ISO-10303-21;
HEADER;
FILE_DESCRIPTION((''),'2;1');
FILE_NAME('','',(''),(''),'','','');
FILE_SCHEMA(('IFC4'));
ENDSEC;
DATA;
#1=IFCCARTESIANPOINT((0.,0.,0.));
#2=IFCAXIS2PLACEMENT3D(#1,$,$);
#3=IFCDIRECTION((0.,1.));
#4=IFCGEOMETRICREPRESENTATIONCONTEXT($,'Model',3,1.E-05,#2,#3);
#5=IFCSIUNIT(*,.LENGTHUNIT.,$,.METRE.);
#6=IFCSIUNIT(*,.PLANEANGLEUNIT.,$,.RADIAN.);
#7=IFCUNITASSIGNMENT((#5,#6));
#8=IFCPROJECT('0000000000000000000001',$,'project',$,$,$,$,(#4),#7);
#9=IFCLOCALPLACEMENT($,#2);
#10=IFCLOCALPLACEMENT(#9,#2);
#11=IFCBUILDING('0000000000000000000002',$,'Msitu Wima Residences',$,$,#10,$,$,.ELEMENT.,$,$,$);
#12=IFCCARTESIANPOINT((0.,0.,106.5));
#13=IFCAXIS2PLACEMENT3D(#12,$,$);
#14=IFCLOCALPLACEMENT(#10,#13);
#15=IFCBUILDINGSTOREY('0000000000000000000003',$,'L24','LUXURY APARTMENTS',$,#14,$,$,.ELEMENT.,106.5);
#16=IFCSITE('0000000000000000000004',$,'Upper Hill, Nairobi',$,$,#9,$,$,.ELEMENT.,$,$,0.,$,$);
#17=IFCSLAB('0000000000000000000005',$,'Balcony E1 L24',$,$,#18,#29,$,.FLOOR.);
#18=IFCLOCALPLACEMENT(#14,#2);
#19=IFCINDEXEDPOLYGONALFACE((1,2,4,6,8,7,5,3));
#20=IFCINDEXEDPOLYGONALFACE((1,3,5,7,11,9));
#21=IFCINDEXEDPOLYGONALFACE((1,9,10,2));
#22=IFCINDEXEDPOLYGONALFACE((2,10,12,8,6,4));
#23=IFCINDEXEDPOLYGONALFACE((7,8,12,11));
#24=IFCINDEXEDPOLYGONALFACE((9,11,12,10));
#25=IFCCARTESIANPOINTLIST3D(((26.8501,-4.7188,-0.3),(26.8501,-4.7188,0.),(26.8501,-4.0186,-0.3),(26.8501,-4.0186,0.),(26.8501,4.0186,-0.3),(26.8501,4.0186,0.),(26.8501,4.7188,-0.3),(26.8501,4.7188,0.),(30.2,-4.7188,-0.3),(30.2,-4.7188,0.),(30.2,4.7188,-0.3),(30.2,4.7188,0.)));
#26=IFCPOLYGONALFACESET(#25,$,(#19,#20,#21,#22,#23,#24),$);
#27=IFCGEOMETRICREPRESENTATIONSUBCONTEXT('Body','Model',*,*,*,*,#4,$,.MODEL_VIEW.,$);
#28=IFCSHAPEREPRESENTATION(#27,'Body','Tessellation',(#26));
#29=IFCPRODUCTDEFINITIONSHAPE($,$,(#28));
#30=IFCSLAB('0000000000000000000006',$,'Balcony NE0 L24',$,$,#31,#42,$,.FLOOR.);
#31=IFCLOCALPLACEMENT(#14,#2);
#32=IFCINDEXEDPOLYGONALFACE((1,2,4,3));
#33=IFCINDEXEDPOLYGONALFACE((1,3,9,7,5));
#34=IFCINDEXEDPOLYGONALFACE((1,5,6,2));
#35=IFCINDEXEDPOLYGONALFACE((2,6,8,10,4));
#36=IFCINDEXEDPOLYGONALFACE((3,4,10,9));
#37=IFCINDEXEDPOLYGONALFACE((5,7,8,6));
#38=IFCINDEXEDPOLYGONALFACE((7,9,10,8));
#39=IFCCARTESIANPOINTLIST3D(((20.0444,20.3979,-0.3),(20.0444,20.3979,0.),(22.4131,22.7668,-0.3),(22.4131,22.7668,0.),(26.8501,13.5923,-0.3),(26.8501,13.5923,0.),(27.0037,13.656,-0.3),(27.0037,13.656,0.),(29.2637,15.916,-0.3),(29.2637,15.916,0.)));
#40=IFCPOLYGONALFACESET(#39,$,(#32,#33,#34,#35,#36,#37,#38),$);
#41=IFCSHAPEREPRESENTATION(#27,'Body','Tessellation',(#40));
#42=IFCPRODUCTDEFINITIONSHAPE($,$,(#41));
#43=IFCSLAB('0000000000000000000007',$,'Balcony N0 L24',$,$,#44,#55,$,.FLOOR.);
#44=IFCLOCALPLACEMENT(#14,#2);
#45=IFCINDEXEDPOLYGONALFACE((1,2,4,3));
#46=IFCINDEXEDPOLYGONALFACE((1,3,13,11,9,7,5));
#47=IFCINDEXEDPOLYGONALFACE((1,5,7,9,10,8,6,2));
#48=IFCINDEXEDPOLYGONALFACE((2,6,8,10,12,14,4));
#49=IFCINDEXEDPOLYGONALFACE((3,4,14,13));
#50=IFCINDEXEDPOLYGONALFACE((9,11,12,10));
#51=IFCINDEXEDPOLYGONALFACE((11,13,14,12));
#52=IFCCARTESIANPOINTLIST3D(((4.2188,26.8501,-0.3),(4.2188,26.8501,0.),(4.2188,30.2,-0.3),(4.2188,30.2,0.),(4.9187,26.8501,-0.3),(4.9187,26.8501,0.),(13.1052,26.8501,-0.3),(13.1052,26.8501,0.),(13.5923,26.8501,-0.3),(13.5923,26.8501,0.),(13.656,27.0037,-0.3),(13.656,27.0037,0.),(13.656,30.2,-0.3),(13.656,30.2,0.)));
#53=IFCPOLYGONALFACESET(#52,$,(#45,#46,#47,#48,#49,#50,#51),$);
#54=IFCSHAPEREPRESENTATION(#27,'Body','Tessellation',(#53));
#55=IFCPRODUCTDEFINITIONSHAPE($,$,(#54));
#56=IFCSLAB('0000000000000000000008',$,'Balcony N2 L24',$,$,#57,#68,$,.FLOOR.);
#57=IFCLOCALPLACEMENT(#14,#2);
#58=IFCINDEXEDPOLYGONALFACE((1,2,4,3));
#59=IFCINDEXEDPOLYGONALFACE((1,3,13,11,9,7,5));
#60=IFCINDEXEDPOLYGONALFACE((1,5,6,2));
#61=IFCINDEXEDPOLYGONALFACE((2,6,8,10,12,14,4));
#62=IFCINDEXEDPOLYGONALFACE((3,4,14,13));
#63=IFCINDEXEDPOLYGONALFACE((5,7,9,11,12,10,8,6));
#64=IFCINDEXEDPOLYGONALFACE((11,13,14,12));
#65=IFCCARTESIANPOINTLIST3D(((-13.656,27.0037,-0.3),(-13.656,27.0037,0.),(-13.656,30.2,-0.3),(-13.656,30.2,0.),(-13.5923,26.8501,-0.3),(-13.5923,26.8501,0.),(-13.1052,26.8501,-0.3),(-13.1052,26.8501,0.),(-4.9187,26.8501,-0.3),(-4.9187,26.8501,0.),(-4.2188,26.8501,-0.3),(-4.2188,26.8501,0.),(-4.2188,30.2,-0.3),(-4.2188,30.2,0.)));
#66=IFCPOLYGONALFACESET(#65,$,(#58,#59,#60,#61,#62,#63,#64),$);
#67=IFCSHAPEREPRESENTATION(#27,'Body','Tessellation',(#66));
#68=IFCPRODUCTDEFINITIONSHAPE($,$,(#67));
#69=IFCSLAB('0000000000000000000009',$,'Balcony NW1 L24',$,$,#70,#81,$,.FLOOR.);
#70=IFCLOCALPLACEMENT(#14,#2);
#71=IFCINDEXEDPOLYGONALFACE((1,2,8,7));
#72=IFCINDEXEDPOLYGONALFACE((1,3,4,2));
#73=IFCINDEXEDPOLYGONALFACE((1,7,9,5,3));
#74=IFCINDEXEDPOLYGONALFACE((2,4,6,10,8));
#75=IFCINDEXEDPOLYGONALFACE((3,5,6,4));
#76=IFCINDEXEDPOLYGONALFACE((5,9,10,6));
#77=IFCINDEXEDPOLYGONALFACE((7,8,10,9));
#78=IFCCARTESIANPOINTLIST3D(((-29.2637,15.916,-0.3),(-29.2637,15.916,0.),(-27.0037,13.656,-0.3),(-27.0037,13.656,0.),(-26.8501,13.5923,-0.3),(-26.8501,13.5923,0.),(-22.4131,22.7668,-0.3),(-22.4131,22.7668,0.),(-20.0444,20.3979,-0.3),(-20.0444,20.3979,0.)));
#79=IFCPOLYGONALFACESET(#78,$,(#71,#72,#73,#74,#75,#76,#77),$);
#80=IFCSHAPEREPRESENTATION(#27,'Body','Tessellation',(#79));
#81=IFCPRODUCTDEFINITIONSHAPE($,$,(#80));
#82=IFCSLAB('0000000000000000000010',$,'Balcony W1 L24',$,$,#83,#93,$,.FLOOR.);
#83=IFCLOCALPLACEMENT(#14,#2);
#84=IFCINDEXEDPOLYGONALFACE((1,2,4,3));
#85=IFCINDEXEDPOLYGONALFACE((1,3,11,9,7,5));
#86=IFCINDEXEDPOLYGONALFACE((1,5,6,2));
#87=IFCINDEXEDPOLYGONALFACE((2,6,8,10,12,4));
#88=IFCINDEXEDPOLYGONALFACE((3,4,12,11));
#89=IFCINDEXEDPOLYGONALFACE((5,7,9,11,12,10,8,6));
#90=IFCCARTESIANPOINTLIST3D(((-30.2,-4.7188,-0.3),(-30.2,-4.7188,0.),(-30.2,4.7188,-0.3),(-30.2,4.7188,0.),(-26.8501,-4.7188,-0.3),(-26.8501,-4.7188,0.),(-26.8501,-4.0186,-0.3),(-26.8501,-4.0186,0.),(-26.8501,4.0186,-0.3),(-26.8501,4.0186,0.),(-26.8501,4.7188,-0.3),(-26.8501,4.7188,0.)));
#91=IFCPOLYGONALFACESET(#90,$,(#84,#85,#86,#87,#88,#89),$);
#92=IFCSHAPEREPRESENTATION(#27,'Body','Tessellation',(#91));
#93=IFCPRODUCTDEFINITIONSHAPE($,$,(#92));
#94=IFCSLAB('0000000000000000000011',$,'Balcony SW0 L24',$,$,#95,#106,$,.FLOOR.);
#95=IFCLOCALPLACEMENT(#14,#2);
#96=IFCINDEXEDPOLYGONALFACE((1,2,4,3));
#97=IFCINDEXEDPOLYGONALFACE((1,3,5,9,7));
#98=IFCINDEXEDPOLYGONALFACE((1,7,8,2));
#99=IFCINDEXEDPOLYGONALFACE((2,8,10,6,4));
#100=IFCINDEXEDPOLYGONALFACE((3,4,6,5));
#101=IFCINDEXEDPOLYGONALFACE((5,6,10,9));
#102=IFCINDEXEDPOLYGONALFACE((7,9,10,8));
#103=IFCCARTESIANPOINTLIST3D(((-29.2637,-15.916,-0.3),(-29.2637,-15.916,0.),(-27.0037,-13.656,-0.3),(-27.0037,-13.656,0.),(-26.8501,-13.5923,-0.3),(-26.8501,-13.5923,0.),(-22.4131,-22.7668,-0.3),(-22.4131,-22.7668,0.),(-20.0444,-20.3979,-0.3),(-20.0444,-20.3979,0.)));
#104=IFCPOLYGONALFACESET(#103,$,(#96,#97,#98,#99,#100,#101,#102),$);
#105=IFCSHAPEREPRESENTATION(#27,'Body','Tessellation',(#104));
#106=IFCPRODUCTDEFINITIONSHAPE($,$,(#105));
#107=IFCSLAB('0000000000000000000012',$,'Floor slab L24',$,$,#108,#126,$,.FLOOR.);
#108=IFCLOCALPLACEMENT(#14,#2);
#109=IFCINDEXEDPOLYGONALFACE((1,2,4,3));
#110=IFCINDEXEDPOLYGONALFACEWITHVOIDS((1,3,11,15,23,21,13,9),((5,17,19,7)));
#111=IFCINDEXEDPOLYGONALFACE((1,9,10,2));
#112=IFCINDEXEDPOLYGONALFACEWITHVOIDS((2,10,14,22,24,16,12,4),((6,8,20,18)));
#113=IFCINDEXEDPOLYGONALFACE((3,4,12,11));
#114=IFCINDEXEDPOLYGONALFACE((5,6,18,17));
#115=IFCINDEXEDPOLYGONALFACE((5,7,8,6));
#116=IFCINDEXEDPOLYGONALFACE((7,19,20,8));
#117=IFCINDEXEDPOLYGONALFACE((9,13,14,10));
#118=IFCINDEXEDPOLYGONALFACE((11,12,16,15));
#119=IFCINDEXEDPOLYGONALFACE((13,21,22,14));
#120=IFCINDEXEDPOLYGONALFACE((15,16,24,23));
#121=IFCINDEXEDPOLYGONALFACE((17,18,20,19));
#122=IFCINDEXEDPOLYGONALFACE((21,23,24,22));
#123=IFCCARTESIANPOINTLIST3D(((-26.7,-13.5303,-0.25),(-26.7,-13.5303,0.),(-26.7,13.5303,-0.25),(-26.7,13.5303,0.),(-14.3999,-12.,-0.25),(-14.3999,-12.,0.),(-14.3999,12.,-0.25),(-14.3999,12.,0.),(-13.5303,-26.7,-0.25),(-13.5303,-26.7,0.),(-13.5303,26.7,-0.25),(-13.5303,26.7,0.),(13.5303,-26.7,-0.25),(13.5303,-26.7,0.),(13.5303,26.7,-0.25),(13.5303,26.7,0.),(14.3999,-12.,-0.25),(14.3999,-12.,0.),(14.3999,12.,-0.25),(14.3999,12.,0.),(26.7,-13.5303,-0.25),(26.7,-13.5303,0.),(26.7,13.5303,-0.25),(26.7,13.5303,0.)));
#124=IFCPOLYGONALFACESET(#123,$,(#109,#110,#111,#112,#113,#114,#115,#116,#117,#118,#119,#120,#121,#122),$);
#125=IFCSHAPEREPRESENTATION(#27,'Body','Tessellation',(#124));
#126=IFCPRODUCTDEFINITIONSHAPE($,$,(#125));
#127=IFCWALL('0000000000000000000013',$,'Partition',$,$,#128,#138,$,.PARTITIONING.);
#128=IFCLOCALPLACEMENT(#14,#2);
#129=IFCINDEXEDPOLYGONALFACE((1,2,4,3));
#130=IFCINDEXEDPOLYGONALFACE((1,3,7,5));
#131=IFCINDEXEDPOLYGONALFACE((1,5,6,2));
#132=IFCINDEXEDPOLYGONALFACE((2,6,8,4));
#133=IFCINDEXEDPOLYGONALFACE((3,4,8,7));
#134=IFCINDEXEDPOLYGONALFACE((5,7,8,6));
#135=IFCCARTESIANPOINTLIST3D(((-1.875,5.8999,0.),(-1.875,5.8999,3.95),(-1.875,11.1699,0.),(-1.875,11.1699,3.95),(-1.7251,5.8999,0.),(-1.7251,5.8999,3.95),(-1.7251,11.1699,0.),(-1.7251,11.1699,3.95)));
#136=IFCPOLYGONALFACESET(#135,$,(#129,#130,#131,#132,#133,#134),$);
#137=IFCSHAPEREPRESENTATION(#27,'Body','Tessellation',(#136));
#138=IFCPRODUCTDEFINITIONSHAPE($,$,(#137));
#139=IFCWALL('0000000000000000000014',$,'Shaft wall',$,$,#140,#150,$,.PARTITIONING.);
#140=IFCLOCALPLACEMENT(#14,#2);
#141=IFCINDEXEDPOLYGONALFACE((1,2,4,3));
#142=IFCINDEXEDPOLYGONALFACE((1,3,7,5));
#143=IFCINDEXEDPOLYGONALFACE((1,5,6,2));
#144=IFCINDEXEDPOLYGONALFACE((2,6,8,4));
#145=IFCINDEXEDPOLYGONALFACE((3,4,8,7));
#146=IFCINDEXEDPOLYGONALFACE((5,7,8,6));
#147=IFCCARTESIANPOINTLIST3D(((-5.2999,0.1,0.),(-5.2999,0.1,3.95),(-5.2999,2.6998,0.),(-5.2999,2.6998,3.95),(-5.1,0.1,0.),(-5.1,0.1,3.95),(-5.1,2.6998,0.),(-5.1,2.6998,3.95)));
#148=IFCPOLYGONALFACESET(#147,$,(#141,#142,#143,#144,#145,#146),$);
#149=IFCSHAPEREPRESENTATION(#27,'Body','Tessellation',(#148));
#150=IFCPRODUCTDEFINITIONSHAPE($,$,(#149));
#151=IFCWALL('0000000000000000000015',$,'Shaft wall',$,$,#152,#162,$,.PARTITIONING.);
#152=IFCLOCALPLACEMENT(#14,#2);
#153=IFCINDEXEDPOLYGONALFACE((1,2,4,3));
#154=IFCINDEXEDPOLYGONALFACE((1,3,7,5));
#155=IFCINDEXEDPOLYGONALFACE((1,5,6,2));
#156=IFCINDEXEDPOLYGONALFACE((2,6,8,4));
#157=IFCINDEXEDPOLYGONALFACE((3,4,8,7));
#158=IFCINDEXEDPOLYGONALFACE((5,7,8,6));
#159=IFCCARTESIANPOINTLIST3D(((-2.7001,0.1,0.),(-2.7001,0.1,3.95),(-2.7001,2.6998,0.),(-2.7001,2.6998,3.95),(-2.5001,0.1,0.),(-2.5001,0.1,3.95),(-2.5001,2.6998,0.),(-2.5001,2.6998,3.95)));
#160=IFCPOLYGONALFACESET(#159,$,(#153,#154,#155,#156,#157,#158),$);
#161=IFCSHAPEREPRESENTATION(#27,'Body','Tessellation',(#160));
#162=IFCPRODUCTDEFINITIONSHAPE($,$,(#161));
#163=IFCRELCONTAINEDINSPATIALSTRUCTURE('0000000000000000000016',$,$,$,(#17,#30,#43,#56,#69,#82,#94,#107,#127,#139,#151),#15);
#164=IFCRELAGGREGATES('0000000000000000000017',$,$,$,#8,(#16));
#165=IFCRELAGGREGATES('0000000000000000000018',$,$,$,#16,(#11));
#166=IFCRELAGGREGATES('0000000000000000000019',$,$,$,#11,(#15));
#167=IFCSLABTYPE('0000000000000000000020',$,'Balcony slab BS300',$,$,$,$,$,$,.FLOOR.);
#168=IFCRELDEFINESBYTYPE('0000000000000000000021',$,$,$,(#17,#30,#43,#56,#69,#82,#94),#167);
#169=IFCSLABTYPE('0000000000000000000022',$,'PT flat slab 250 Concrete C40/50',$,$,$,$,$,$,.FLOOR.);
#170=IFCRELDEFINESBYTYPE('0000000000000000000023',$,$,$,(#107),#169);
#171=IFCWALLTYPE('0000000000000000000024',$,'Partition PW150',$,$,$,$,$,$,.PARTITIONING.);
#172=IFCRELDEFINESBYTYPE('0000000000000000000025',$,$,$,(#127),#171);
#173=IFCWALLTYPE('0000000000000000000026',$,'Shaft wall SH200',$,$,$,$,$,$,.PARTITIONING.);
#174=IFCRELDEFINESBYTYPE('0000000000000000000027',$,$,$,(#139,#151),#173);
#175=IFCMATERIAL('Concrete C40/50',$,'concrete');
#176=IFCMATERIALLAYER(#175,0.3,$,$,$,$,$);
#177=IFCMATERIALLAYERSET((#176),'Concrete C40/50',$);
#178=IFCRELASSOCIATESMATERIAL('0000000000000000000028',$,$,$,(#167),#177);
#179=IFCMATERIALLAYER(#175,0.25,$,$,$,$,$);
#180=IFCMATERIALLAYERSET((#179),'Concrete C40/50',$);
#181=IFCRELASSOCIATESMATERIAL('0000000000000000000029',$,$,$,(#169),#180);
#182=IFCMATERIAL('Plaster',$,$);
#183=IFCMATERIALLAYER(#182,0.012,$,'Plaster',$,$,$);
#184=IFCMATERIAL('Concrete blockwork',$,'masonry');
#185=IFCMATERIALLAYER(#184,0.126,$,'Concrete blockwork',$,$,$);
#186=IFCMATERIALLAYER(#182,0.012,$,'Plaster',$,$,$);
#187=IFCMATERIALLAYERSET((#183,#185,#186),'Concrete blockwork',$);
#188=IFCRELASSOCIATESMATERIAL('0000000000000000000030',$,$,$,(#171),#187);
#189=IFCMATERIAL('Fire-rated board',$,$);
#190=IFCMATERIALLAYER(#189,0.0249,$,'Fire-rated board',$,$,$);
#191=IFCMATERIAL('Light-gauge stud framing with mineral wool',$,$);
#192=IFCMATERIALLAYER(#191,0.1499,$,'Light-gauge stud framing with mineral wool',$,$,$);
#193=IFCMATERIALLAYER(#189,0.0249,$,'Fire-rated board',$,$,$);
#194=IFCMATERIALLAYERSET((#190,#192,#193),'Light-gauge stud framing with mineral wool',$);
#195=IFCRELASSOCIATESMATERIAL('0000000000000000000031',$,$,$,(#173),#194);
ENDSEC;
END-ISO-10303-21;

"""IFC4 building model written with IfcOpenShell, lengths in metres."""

from ifc_helpers import new_model, si_unit, direction, frame, frame_2d, origin, place, context, subcontext, project, spatial, polyline, rectangle, outline, extrude, material, layer, layer_set, type_object, element, save


model = new_model("IFC4")

# Units and contexts
model_context = context("Model", 3, precision=1e-05, world=origin(), true_north=direction((0.0, 1.0)))
body_context = subcontext(model_context, "Body", "Model", "MODEL_VIEW")
ifc_project = project(units=[si_unit("LENGTHUNIT", "METRE"), si_unit("PLANEANGLEUNIT", "RADIAN")], contexts=[model_context])

# Site, building, storey
site_placement = place(None, origin())
site = spatial("IfcSite", under=ifc_project, at=site_placement, Name="Upper Hill, Nairobi", CompositionType="ELEMENT", RefElevation=0.0)
building_placement = place(site_placement, origin())
building = spatial("IfcBuilding", under=site, at=building_placement, Name="Msitu Wima Residences", CompositionType="ELEMENT")
storey_placement = place(building_placement, frame((0.0, 0.0, 106.5)))
storey = spatial("IfcBuildingStorey", under=building, at=storey_placement, Name="L24", Description="LUXURY APARTMENTS", CompositionType="ELEMENT", Elevation=106.5)

# Slabs
ifc_material_1 = material(Name="Concrete C40/50", Category="concrete")
ifc_layer_1 = layer(ifc_material_1, 0.3)
ifc_layer_set_1 = layer_set([ifc_layer_1], Name="Concrete C40/50")
slab_type_1 = type_object("IfcSlabType", Name="Balcony slab BS300", PredefinedType="FLOOR", material=ifc_layer_set_1)
slab_1_placement = place(storey_placement, frame((0.0, 0.0, -0.3)))
element("IfcSlab", 1, at=slab_1_placement, inside=storey, type_object=slab_type_1, Name="Balcony E1 L24", PredefinedType="FLOOR", context=body_context, shape_type="SweptSolid", body=[
    extrude(outline(polyline([(26.8501, 4.0186), (26.8501, 4.0186), (26.8501, 4.7188), (30.2, 4.7188), (30.2, -4.7188), (26.8501, -4.7188), (26.8501, -4.0186), (26.8501, -4.0186), (26.8501, 4.0186)])), origin(), (0.0, 0.0, 1.0), 0.3),
])
slab_2_placement = place(storey_placement, frame((0.0, 0.0, -0.3)))
element("IfcSlab", 2, at=slab_2_placement, inside=storey, type_object=slab_type_1, Name="Balcony NE0 L24", PredefinedType="FLOOR", context=body_context, shape_type="SweptSolid", body=[
    extrude(outline(polyline([(22.4131, 22.7668), (29.2637, 15.916), (27.0037, 13.656), (26.8501, 13.5923), (20.0444, 20.3979), (22.4131, 22.7668)])), origin(), (0.0, 0.0, 1.0), 0.3),
])
slab_3_placement = place(storey_placement, frame((0.0, 0.0, -0.3)))
element("IfcSlab", 3, at=slab_3_placement, inside=storey, type_object=slab_type_1, Name="Balcony N0 L24", PredefinedType="FLOOR", context=body_context, shape_type="SweptSolid", body=[
    extrude(outline(polyline([(13.1052, 26.8501), (13.1052, 26.8501), (4.9187, 26.8501), (4.9187, 26.8501), (4.2188, 26.8501), (4.2188, 30.2), (13.656, 30.2), (13.656, 27.0037), (13.5923, 26.8501), (13.1052, 26.8501), (13.1052, 26.8501)])), origin(), (0.0, 0.0, 1.0), 0.3),
])
slab_4_placement = place(storey_placement, frame((0.0, 0.0, -0.3)))
element("IfcSlab", 4, at=slab_4_placement, inside=storey, type_object=slab_type_1, Name="Balcony N2 L24", PredefinedType="FLOOR", context=body_context, shape_type="SweptSolid", body=[
    extrude(outline(polyline([(-13.1052, 26.8501), (-13.1052, 26.8501), (-13.5923, 26.8501), (-13.656, 27.0037), (-13.656, 30.2), (-4.2188, 30.2), (-4.2188, 26.8501), (-4.9187, 26.8501), (-4.9187, 26.8501), (-13.1052, 26.8501), (-13.1052, 26.8501)])), origin(), (0.0, 0.0, 1.0), 0.3),
])
slab_5_placement = place(storey_placement, frame((0.0, 0.0, -0.3)))
element("IfcSlab", 5, at=slab_5_placement, inside=storey, type_object=slab_type_1, Name="Balcony NW1 L24", PredefinedType="FLOOR", context=body_context, shape_type="SweptSolid", body=[
    extrude(outline(polyline([(-29.2637, 15.916), (-22.4131, 22.7668), (-20.0444, 20.3979), (-26.8501, 13.5923), (-27.0037, 13.656), (-29.2637, 15.916)])), origin(), (0.0, 0.0, 1.0), 0.3),
])
slab_6_placement = place(storey_placement, frame((0.0, 0.0, -0.3)))
element("IfcSlab", 6, at=slab_6_placement, inside=storey, type_object=slab_type_1, Name="Balcony W1 L24", PredefinedType="FLOOR", context=body_context, shape_type="SweptSolid", body=[
    extrude(outline(polyline([(-26.8501, -4.0186), (-26.8501, -4.0186), (-26.8501, -4.7188), (-30.2, -4.7188), (-30.2, 4.7188), (-26.8501, 4.7188), (-26.8501, 4.0186), (-26.8501, 4.0186), (-26.8501, -4.0186)])), origin(), (0.0, 0.0, 1.0), 0.3),
])
slab_7_placement = place(storey_placement, frame((0.0, 0.0, -0.3)))
element("IfcSlab", 7, at=slab_7_placement, inside=storey, type_object=slab_type_1, Name="Balcony SW0 L24", PredefinedType="FLOOR", context=body_context, shape_type="SweptSolid", body=[
    extrude(outline(polyline([(-22.4131, -22.7668), (-29.2637, -15.916), (-27.0037, -13.656), (-26.8501, -13.5923), (-20.0444, -20.3979), (-22.4131, -22.7668)])), origin(), (0.0, 0.0, 1.0), 0.3),
])
ifc_layer_2 = layer(ifc_material_1, 0.25)
ifc_layer_set_2 = layer_set([ifc_layer_2], Name="Concrete C40/50")
slab_type_2 = type_object("IfcSlabType", Name="PT flat slab 250 Concrete C40/50", PredefinedType="FLOOR", material=ifc_layer_set_2)
slab_8_placement = place(storey_placement, frame((0.0, 0.0, -0.25)))
element("IfcSlab", 8, at=slab_8_placement, inside=storey, type_object=slab_type_2, Name="Floor slab L24", PredefinedType="FLOOR", context=body_context, shape_type="SweptSolid", body=[
    extrude(outline(polyline([(26.7, -13.5303), (13.5303, -26.7), (-13.5303, -26.7), (-26.7, -13.5303), (-26.7, 13.5303), (-13.5303, 26.7), (13.5303, 26.7), (26.7, 13.5303), (26.7, -13.5303)]), holes=[polyline([(-14.3999, -12.0), (14.3999, -12.0), (14.3999, 12.0), (-14.3999, 12.0), (-14.3999, -12.0)])]), origin(), (0.0, 0.0, 1.0), 0.25),
])

# Walls
ifc_material_2 = material(Name="Plaster")
ifc_layer_3 = layer(ifc_material_2, 0.012, Name="Plaster")
ifc_material_3 = material(Name="Concrete blockwork", Category="masonry")
ifc_layer_4 = layer(ifc_material_3, 0.126, Name="Concrete blockwork")
ifc_layer_5 = layer(ifc_material_2, 0.012, Name="Plaster")
ifc_layer_set_3 = layer_set([ifc_layer_3, ifc_layer_4, ifc_layer_5], Name="Concrete blockwork")
wall_type_1 = type_object("IfcWallType", Name="Partition PW150", PredefinedType="PARTITIONING", material=ifc_layer_set_3)
wall_placement = place(storey_placement, frame((-1.8, 5.8999, 0.0), z_axis=(0.0, 0.0, 1.0), x_axis=(0.0, 1.0, 0.0)))
element("IfcWall", 9, at=wall_placement, inside=storey, type_object=wall_type_1, Name="Partition", PredefinedType="PARTITIONING", context=body_context, shape_type="SweptSolid", body=[
    extrude(rectangle(XDim=5.27, YDim=0.1499, at=frame_2d((2.635, 0.0))), origin(), (0.0, 0.0, 1.0), 3.95),
])
ifc_material_4 = material(Name="Fire-rated board")
ifc_layer_6 = layer(ifc_material_4, 0.0249, Name="Fire-rated board")
ifc_material_5 = material(Name="Light-gauge stud framing with mineral wool")
ifc_layer_7 = layer(ifc_material_5, 0.1499, Name="Light-gauge stud framing with mineral wool")
ifc_layer_8 = layer(ifc_material_4, 0.0249, Name="Fire-rated board")
ifc_layer_set_4 = layer_set([ifc_layer_6, ifc_layer_7, ifc_layer_8], Name="Light-gauge stud framing with mineral wool")
wall_type_2 = type_object("IfcWallType", Name="Shaft wall SH200", PredefinedType="PARTITIONING", material=ifc_layer_set_4)
for number, where, z_axis, x_axis, name in (
    (10, (-5.2, 0.1001, 0.0), (0.0, 0.0, 1.0), (0.0, 1.0, 0.0), "Shaft wall"),
    (11, (-2.6001, 0.1001, 0.0), (0.0, 0.0, 1.0), (0.0, 1.0, 0.0), "Shaft wall"),
):
    element("IfcWall", number, at=place(storey_placement, frame(where, z_axis=z_axis, x_axis=x_axis)), inside=storey, type_object=wall_type_2, Name=name, PredefinedType="PARTITIONING", context=body_context, shape_type="SweptSolid", body=[
        extrude(rectangle(XDim=2.5999, YDim=0.2, at=frame_2d((1.2998, 0.0))), origin(), (0.0, 0.0, 1.0), 3.95),
    ])

save(model, "model.ifc")
